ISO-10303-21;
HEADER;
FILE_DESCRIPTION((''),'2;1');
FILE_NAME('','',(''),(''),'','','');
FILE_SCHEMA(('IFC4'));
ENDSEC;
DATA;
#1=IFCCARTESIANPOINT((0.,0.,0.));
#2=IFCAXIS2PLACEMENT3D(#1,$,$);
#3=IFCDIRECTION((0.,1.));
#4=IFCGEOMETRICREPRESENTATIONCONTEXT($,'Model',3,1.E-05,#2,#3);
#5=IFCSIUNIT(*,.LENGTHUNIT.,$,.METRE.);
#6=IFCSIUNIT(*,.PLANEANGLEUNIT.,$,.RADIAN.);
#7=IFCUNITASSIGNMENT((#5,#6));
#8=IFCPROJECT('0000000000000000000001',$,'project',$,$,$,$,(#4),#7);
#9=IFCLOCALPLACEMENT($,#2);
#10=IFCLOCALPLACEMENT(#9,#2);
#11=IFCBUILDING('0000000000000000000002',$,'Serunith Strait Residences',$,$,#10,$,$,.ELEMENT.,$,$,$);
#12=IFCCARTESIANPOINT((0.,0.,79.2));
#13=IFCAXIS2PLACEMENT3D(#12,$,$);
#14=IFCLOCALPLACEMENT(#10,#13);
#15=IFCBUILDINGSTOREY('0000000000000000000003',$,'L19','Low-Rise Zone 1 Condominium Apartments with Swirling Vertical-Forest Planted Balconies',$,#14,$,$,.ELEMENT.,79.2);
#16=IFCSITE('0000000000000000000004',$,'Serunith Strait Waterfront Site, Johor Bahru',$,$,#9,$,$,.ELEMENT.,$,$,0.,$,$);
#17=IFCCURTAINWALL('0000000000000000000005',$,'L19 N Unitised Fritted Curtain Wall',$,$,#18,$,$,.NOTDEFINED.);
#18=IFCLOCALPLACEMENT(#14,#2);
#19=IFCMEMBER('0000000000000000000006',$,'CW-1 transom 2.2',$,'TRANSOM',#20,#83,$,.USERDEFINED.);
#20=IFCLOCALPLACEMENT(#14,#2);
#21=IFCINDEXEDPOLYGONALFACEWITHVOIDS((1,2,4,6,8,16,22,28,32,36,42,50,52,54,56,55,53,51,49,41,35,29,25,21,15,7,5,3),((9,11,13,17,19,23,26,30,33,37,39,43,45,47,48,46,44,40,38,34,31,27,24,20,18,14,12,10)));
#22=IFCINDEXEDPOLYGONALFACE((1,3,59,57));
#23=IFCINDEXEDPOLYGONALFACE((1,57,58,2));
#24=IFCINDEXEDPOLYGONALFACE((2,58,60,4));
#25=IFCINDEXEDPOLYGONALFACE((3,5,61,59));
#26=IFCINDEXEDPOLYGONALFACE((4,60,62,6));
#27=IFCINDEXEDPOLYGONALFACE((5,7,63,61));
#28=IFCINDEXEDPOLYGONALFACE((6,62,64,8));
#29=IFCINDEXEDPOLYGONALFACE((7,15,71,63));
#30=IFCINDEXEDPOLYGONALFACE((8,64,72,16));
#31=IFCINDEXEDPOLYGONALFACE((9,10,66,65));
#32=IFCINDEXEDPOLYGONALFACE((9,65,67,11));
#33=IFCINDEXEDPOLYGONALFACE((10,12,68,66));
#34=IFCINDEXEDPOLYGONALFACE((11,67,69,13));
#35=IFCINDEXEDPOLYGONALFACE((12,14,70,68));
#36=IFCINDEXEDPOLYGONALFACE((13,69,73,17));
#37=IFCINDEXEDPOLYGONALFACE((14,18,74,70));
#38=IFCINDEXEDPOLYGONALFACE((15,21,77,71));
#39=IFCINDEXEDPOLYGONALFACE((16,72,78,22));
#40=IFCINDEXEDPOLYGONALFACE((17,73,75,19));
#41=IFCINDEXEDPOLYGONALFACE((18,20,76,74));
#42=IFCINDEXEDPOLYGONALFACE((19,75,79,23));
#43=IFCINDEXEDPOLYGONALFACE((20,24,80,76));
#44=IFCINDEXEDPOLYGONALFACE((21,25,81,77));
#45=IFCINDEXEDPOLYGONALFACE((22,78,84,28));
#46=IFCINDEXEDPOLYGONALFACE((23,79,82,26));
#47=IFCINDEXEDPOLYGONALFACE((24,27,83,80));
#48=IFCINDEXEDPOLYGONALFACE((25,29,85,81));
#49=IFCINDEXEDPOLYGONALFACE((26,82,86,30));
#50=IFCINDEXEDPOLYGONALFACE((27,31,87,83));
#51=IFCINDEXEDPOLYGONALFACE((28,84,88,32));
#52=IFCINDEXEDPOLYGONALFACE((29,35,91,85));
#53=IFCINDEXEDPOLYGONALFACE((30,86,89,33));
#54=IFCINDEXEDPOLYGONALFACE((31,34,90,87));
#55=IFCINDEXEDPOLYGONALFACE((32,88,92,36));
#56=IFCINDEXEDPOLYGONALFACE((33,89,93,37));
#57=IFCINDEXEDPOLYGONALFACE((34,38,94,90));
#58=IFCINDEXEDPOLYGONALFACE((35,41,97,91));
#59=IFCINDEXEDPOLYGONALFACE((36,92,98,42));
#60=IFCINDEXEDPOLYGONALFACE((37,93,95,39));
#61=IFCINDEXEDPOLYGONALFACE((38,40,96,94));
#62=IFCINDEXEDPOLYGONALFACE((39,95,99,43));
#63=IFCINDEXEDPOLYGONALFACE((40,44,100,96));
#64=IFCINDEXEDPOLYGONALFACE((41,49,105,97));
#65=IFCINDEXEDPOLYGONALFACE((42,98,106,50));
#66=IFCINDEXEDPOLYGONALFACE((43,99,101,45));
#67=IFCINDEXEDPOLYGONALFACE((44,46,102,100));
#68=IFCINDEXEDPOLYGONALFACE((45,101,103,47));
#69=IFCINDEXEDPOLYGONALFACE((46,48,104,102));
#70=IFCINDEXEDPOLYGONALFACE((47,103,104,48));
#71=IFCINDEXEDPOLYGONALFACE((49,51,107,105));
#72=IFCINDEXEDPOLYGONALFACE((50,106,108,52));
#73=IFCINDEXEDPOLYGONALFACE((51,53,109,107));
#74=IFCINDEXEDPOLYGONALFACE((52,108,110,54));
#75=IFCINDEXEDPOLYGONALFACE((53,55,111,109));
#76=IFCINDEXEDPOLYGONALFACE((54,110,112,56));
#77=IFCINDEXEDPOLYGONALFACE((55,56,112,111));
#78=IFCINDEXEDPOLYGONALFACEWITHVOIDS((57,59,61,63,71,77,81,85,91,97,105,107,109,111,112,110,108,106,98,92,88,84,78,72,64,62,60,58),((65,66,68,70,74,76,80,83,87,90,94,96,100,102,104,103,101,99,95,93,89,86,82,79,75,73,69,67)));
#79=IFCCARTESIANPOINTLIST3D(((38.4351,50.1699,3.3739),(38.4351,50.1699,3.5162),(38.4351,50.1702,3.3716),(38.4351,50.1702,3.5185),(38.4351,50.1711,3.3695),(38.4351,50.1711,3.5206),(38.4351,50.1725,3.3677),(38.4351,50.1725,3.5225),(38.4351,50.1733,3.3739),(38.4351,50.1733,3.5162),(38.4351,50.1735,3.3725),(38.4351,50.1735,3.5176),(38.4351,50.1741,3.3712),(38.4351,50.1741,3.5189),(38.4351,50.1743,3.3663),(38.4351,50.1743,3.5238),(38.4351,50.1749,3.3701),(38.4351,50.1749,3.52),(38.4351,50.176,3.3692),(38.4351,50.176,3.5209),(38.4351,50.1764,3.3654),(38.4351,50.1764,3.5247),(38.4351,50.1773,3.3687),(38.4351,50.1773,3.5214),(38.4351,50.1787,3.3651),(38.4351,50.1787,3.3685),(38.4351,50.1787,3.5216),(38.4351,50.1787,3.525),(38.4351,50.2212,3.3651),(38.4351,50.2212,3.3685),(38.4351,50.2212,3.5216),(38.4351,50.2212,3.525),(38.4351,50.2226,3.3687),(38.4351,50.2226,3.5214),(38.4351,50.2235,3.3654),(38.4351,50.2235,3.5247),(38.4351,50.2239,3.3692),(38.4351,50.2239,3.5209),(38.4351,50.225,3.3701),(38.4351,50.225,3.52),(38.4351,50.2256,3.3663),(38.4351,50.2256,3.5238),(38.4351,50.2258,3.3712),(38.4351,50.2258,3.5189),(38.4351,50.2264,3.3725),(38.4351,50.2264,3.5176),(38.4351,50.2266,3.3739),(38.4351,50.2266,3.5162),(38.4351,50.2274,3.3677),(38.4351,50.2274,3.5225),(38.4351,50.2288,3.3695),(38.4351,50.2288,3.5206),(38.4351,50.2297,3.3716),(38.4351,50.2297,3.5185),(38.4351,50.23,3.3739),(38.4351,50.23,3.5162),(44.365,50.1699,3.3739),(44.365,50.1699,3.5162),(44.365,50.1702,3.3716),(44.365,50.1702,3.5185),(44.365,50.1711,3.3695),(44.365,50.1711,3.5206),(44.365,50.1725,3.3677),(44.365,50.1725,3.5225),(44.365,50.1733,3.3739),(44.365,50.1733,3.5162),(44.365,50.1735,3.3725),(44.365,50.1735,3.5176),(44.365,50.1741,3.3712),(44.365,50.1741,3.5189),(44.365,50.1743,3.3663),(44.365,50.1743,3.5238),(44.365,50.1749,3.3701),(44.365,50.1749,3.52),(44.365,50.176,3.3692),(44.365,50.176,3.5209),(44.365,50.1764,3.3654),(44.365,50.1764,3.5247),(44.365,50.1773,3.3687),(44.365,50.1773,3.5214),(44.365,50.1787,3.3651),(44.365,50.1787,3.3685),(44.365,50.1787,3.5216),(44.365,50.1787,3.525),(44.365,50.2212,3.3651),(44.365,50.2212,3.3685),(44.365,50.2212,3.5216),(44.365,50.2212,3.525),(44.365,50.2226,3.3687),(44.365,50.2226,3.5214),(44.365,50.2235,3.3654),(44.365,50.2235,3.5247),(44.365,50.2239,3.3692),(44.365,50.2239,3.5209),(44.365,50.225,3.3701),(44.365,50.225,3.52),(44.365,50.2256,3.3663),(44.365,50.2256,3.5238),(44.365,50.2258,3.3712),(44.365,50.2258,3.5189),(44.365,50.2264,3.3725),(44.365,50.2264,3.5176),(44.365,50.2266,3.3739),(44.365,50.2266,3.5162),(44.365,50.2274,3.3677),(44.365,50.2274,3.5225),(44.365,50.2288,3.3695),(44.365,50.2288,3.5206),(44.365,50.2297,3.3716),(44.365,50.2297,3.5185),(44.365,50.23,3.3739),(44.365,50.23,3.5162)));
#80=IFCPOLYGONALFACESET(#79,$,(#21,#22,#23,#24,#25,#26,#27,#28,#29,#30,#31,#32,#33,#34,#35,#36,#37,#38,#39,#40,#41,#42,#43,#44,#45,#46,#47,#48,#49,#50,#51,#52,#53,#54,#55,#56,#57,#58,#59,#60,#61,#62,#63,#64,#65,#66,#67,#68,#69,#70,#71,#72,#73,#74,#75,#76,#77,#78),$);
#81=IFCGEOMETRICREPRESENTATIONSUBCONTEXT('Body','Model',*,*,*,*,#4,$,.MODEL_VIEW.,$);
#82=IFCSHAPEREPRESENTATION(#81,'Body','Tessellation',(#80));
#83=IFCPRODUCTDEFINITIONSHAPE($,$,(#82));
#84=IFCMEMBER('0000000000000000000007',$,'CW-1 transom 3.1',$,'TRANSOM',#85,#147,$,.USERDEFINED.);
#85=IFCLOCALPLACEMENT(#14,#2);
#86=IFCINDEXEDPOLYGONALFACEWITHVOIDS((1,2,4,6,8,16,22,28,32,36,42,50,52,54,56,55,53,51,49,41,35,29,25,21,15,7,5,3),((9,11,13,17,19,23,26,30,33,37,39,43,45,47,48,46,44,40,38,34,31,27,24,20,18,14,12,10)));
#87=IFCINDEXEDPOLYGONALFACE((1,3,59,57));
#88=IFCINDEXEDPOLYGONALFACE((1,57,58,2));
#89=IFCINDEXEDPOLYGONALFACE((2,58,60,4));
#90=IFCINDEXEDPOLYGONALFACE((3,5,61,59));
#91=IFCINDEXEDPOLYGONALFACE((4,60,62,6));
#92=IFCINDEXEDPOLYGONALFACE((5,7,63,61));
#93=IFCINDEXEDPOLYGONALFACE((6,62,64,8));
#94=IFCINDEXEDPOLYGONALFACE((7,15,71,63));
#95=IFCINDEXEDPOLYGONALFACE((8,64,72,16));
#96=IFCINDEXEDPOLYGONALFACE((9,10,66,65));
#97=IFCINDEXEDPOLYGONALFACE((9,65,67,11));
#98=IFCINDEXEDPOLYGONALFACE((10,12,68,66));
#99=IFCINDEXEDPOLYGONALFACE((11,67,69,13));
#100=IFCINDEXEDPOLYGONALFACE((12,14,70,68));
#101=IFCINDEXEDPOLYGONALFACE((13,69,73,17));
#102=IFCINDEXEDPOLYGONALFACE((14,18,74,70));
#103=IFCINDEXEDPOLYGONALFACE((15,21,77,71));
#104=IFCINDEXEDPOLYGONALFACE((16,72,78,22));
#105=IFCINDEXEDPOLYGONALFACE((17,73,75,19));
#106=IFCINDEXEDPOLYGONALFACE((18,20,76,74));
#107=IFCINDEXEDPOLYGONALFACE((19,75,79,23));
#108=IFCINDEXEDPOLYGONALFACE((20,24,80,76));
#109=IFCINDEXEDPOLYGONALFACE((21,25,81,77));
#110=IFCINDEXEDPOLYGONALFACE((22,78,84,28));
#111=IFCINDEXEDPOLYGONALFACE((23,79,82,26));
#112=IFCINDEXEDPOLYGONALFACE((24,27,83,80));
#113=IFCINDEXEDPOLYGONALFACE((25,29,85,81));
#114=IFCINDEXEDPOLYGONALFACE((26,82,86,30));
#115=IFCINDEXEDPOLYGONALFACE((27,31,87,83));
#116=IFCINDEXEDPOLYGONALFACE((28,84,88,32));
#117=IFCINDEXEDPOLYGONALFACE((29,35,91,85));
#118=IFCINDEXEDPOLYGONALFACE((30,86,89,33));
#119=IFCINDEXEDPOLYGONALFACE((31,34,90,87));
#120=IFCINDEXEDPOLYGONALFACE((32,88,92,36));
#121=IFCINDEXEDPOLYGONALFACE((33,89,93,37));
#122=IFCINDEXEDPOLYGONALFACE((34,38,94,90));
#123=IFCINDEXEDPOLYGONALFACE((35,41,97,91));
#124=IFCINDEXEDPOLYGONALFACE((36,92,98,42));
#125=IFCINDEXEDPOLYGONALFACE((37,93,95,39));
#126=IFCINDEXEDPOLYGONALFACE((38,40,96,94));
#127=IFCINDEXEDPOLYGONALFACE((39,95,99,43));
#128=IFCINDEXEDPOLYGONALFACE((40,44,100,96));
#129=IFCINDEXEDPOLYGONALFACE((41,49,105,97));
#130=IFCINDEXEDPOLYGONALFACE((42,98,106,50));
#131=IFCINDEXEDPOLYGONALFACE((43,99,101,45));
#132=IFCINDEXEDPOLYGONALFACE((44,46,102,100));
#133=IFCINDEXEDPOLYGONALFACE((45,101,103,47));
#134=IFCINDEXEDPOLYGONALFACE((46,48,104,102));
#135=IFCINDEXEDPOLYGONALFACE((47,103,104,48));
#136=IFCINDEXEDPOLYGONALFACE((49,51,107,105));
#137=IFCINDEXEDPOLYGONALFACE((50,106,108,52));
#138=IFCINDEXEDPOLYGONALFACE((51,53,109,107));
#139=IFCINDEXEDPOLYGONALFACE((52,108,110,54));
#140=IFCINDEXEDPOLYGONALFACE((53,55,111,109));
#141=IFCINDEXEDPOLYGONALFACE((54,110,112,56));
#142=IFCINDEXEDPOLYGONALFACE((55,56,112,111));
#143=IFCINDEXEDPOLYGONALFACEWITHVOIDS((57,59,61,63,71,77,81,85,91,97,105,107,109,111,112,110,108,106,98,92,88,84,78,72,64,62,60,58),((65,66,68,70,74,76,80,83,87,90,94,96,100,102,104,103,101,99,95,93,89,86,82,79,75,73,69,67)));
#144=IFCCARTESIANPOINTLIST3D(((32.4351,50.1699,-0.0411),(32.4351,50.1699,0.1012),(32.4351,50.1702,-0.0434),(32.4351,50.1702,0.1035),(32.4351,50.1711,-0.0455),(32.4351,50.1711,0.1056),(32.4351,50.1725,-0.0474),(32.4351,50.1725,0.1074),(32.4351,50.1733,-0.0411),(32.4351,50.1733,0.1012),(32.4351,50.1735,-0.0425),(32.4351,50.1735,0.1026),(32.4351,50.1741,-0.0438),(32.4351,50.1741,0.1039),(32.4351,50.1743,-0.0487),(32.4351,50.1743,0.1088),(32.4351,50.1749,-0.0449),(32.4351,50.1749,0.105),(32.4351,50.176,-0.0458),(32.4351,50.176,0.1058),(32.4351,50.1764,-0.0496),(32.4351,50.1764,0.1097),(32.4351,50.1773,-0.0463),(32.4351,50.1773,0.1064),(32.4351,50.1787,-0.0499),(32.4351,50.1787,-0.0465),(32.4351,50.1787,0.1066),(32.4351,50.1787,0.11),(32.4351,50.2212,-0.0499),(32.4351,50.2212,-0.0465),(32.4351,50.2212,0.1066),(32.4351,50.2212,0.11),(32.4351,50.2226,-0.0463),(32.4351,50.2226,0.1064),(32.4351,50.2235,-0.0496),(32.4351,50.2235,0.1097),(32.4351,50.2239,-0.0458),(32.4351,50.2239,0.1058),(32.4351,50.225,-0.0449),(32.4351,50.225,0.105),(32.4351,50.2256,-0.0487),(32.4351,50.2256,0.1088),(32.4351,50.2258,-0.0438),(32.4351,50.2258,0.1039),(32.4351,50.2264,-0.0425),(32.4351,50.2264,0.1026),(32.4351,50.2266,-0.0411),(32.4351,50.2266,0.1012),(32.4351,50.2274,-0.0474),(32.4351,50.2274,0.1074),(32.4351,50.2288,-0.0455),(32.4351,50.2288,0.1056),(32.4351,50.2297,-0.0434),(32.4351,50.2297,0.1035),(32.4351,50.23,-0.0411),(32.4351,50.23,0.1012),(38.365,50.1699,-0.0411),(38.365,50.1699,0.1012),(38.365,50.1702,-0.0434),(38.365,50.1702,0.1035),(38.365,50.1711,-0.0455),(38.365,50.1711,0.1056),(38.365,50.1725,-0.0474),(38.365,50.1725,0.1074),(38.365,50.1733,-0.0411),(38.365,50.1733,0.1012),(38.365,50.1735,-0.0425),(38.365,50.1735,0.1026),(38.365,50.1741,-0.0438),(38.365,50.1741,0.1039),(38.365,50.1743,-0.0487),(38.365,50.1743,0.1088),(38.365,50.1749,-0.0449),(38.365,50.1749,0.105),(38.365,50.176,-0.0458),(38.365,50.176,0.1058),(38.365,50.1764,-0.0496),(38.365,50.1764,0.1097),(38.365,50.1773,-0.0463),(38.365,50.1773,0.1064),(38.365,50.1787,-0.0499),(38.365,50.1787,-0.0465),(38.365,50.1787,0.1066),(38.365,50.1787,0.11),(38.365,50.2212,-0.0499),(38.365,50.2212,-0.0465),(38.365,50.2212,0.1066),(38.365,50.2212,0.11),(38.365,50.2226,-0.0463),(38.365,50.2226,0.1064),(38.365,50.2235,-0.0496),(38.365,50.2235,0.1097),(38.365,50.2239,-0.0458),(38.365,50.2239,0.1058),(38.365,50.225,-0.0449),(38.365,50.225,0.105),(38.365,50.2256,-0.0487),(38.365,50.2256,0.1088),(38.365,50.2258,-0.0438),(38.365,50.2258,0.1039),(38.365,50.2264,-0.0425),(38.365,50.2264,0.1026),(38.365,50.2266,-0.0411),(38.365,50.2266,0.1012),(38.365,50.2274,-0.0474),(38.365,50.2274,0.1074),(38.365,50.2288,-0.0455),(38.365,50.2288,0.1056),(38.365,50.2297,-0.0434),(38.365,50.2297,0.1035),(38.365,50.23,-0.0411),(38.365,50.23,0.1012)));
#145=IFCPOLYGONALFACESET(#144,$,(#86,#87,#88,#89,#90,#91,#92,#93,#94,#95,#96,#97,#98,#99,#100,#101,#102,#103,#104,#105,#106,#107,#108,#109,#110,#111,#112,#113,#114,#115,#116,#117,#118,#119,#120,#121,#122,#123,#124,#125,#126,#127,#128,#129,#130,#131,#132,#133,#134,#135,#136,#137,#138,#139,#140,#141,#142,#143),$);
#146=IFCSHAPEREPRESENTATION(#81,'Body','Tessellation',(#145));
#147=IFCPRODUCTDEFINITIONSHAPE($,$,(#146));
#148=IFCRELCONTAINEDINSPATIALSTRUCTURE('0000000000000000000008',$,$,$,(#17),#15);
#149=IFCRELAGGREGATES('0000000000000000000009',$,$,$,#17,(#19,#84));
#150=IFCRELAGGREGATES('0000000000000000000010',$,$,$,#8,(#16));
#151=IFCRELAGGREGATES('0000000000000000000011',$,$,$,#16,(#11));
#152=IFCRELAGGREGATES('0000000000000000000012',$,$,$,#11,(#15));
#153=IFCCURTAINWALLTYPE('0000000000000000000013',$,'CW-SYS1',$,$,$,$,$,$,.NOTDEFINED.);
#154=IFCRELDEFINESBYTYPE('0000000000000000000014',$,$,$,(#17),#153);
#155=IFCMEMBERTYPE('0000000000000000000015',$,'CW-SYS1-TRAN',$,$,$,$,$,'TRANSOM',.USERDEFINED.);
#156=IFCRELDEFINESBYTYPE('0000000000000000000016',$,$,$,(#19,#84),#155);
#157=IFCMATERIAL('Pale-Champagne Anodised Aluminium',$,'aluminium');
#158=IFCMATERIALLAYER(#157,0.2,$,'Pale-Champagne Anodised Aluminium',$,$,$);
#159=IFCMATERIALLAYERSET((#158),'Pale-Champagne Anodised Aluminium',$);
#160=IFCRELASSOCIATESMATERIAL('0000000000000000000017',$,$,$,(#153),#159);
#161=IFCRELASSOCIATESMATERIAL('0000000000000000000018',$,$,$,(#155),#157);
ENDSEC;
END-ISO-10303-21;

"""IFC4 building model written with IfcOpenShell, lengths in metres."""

from ifc_helpers import new_model, si_unit, direction, frame, origin, origin_2d, place, context, subcontext, project, spatial, hollow_rectangle, extrude, source, transform, mapped, material, layer, layer_set, material_profile, profile_set, type_object, element, aggregate, save


model = new_model("IFC4")

# Units and contexts
model_context = context("Model", 3, precision=1e-05, world=origin(), true_north=direction((0.0, 1.0)))
body_context = subcontext(model_context, "Body", "Model", "MODEL_VIEW")
ifc_project = project(units=[si_unit("LENGTHUNIT", "METRE"), si_unit("PLANEANGLEUNIT", "RADIAN")], contexts=[model_context])

# Site, building, storey
site_placement = place(None, origin())
site = spatial("IfcSite", under=ifc_project, at=site_placement, Name="Serunith Strait Waterfront Site, Johor Bahru", CompositionType="ELEMENT", RefElevation=0.0)
building_placement = place(site_placement, origin())
building = spatial("IfcBuilding", under=site, at=building_placement, Name="Serunith Strait Residences", CompositionType="ELEMENT")
storey_placement = place(building_placement, frame((0.0, 0.0, 79.2)))
storey = spatial("IfcBuildingStorey", under=building, at=storey_placement, Name="L19", Description="Low-Rise Zone 1 Condominium Apartments with Swirling Vertical-Forest Planted Balconies", CompositionType="ELEMENT", Elevation=79.2)

# Curtain wall, members
ifc_material_1 = material(Name="Pale-Champagne Anodised Aluminium", Category="aluminium")
ifc_layer_1 = layer(ifc_material_1, 0.2, Name="Pale-Champagne Anodised Aluminium")
ifc_layer_set_1 = layer_set([ifc_layer_1], Name="Pale-Champagne Anodised Aluminium")
curtain_wall_type = type_object("IfcCurtainWallType", Name="CW-SYS1", PredefinedType="NOTDEFINED", material=ifc_layer_set_1)
curtain_wall_placement = place(storey_placement, origin())
curtain_wall = element("IfcCurtainWall", 1, at=curtain_wall_placement, inside=storey, type_object=curtain_wall_type, Name="L19 N Unitised Fritted Curtain Wall", PredefinedType="NOTDEFINED")
ifc_material_profile_1 = material_profile(ifc_material_1, hollow_rectangle(XDim=0.0601, YDim=0.1599, WallThickness=0.0034, InnerFilletRadius=0.0054, OuterFilletRadius=0.0088, at=origin_2d()), Name="ALU 160x60x3.5")
ifc_profile_set_1 = profile_set([ifc_material_profile_1], Name="Pale-Champagne Anodised Aluminium")
member_type_1 = type_object("IfcMemberType", Name="CW-SYS1-TRAN", ElementType="TRANSOM", PredefinedType="USERDEFINED", material=ifc_profile_set_1)
shared_shape_1 = source(origin(), body_context, "Body", "SweptSolid", [
    extrude(hollow_rectangle(XDim=0.0601, YDim=0.1599, WallThickness=0.0034, InnerFilletRadius=0.0054, OuterFilletRadius=0.0088, at=origin_2d()), origin(), (0.0, 0.0, 1.0), 5.9299),
])
member_1_placement = place(storey_placement, frame((44.365, 50.2, 3.4451), z_axis=(-1.0, 0.0, 0.0), x_axis=(0.0, -1.0, 0.0)))
member_1 = element("IfcMember", 2, at=member_1_placement, type_object=member_type_1, Name="CW-1 transom 2.2", ObjectType="TRANSOM", PredefinedType="USERDEFINED", context=body_context, shape_type="MappedRepresentation", body=[
    mapped(shared_shape_1, transform((0.0, 0.0, 0.0), scale=1.0)),
])
member_2_placement = place(storey_placement, frame((38.365, 50.2, 0.03), z_axis=(-1.0, 0.0, 0.0), x_axis=(0.0, -1.0, 0.0)))
member_2 = element("IfcMember", 3, at=member_2_placement, type_object=member_type_1, Name="CW-1 transom 3.1", ObjectType="TRANSOM", PredefinedType="USERDEFINED", context=body_context, shape_type="MappedRepresentation", body=[
    mapped(shared_shape_1, transform((0.0, 0.0, 0.0), scale=1.0)),
])
aggregate(curtain_wall, [member_1, member_2])

save(model, "model.ifc")
